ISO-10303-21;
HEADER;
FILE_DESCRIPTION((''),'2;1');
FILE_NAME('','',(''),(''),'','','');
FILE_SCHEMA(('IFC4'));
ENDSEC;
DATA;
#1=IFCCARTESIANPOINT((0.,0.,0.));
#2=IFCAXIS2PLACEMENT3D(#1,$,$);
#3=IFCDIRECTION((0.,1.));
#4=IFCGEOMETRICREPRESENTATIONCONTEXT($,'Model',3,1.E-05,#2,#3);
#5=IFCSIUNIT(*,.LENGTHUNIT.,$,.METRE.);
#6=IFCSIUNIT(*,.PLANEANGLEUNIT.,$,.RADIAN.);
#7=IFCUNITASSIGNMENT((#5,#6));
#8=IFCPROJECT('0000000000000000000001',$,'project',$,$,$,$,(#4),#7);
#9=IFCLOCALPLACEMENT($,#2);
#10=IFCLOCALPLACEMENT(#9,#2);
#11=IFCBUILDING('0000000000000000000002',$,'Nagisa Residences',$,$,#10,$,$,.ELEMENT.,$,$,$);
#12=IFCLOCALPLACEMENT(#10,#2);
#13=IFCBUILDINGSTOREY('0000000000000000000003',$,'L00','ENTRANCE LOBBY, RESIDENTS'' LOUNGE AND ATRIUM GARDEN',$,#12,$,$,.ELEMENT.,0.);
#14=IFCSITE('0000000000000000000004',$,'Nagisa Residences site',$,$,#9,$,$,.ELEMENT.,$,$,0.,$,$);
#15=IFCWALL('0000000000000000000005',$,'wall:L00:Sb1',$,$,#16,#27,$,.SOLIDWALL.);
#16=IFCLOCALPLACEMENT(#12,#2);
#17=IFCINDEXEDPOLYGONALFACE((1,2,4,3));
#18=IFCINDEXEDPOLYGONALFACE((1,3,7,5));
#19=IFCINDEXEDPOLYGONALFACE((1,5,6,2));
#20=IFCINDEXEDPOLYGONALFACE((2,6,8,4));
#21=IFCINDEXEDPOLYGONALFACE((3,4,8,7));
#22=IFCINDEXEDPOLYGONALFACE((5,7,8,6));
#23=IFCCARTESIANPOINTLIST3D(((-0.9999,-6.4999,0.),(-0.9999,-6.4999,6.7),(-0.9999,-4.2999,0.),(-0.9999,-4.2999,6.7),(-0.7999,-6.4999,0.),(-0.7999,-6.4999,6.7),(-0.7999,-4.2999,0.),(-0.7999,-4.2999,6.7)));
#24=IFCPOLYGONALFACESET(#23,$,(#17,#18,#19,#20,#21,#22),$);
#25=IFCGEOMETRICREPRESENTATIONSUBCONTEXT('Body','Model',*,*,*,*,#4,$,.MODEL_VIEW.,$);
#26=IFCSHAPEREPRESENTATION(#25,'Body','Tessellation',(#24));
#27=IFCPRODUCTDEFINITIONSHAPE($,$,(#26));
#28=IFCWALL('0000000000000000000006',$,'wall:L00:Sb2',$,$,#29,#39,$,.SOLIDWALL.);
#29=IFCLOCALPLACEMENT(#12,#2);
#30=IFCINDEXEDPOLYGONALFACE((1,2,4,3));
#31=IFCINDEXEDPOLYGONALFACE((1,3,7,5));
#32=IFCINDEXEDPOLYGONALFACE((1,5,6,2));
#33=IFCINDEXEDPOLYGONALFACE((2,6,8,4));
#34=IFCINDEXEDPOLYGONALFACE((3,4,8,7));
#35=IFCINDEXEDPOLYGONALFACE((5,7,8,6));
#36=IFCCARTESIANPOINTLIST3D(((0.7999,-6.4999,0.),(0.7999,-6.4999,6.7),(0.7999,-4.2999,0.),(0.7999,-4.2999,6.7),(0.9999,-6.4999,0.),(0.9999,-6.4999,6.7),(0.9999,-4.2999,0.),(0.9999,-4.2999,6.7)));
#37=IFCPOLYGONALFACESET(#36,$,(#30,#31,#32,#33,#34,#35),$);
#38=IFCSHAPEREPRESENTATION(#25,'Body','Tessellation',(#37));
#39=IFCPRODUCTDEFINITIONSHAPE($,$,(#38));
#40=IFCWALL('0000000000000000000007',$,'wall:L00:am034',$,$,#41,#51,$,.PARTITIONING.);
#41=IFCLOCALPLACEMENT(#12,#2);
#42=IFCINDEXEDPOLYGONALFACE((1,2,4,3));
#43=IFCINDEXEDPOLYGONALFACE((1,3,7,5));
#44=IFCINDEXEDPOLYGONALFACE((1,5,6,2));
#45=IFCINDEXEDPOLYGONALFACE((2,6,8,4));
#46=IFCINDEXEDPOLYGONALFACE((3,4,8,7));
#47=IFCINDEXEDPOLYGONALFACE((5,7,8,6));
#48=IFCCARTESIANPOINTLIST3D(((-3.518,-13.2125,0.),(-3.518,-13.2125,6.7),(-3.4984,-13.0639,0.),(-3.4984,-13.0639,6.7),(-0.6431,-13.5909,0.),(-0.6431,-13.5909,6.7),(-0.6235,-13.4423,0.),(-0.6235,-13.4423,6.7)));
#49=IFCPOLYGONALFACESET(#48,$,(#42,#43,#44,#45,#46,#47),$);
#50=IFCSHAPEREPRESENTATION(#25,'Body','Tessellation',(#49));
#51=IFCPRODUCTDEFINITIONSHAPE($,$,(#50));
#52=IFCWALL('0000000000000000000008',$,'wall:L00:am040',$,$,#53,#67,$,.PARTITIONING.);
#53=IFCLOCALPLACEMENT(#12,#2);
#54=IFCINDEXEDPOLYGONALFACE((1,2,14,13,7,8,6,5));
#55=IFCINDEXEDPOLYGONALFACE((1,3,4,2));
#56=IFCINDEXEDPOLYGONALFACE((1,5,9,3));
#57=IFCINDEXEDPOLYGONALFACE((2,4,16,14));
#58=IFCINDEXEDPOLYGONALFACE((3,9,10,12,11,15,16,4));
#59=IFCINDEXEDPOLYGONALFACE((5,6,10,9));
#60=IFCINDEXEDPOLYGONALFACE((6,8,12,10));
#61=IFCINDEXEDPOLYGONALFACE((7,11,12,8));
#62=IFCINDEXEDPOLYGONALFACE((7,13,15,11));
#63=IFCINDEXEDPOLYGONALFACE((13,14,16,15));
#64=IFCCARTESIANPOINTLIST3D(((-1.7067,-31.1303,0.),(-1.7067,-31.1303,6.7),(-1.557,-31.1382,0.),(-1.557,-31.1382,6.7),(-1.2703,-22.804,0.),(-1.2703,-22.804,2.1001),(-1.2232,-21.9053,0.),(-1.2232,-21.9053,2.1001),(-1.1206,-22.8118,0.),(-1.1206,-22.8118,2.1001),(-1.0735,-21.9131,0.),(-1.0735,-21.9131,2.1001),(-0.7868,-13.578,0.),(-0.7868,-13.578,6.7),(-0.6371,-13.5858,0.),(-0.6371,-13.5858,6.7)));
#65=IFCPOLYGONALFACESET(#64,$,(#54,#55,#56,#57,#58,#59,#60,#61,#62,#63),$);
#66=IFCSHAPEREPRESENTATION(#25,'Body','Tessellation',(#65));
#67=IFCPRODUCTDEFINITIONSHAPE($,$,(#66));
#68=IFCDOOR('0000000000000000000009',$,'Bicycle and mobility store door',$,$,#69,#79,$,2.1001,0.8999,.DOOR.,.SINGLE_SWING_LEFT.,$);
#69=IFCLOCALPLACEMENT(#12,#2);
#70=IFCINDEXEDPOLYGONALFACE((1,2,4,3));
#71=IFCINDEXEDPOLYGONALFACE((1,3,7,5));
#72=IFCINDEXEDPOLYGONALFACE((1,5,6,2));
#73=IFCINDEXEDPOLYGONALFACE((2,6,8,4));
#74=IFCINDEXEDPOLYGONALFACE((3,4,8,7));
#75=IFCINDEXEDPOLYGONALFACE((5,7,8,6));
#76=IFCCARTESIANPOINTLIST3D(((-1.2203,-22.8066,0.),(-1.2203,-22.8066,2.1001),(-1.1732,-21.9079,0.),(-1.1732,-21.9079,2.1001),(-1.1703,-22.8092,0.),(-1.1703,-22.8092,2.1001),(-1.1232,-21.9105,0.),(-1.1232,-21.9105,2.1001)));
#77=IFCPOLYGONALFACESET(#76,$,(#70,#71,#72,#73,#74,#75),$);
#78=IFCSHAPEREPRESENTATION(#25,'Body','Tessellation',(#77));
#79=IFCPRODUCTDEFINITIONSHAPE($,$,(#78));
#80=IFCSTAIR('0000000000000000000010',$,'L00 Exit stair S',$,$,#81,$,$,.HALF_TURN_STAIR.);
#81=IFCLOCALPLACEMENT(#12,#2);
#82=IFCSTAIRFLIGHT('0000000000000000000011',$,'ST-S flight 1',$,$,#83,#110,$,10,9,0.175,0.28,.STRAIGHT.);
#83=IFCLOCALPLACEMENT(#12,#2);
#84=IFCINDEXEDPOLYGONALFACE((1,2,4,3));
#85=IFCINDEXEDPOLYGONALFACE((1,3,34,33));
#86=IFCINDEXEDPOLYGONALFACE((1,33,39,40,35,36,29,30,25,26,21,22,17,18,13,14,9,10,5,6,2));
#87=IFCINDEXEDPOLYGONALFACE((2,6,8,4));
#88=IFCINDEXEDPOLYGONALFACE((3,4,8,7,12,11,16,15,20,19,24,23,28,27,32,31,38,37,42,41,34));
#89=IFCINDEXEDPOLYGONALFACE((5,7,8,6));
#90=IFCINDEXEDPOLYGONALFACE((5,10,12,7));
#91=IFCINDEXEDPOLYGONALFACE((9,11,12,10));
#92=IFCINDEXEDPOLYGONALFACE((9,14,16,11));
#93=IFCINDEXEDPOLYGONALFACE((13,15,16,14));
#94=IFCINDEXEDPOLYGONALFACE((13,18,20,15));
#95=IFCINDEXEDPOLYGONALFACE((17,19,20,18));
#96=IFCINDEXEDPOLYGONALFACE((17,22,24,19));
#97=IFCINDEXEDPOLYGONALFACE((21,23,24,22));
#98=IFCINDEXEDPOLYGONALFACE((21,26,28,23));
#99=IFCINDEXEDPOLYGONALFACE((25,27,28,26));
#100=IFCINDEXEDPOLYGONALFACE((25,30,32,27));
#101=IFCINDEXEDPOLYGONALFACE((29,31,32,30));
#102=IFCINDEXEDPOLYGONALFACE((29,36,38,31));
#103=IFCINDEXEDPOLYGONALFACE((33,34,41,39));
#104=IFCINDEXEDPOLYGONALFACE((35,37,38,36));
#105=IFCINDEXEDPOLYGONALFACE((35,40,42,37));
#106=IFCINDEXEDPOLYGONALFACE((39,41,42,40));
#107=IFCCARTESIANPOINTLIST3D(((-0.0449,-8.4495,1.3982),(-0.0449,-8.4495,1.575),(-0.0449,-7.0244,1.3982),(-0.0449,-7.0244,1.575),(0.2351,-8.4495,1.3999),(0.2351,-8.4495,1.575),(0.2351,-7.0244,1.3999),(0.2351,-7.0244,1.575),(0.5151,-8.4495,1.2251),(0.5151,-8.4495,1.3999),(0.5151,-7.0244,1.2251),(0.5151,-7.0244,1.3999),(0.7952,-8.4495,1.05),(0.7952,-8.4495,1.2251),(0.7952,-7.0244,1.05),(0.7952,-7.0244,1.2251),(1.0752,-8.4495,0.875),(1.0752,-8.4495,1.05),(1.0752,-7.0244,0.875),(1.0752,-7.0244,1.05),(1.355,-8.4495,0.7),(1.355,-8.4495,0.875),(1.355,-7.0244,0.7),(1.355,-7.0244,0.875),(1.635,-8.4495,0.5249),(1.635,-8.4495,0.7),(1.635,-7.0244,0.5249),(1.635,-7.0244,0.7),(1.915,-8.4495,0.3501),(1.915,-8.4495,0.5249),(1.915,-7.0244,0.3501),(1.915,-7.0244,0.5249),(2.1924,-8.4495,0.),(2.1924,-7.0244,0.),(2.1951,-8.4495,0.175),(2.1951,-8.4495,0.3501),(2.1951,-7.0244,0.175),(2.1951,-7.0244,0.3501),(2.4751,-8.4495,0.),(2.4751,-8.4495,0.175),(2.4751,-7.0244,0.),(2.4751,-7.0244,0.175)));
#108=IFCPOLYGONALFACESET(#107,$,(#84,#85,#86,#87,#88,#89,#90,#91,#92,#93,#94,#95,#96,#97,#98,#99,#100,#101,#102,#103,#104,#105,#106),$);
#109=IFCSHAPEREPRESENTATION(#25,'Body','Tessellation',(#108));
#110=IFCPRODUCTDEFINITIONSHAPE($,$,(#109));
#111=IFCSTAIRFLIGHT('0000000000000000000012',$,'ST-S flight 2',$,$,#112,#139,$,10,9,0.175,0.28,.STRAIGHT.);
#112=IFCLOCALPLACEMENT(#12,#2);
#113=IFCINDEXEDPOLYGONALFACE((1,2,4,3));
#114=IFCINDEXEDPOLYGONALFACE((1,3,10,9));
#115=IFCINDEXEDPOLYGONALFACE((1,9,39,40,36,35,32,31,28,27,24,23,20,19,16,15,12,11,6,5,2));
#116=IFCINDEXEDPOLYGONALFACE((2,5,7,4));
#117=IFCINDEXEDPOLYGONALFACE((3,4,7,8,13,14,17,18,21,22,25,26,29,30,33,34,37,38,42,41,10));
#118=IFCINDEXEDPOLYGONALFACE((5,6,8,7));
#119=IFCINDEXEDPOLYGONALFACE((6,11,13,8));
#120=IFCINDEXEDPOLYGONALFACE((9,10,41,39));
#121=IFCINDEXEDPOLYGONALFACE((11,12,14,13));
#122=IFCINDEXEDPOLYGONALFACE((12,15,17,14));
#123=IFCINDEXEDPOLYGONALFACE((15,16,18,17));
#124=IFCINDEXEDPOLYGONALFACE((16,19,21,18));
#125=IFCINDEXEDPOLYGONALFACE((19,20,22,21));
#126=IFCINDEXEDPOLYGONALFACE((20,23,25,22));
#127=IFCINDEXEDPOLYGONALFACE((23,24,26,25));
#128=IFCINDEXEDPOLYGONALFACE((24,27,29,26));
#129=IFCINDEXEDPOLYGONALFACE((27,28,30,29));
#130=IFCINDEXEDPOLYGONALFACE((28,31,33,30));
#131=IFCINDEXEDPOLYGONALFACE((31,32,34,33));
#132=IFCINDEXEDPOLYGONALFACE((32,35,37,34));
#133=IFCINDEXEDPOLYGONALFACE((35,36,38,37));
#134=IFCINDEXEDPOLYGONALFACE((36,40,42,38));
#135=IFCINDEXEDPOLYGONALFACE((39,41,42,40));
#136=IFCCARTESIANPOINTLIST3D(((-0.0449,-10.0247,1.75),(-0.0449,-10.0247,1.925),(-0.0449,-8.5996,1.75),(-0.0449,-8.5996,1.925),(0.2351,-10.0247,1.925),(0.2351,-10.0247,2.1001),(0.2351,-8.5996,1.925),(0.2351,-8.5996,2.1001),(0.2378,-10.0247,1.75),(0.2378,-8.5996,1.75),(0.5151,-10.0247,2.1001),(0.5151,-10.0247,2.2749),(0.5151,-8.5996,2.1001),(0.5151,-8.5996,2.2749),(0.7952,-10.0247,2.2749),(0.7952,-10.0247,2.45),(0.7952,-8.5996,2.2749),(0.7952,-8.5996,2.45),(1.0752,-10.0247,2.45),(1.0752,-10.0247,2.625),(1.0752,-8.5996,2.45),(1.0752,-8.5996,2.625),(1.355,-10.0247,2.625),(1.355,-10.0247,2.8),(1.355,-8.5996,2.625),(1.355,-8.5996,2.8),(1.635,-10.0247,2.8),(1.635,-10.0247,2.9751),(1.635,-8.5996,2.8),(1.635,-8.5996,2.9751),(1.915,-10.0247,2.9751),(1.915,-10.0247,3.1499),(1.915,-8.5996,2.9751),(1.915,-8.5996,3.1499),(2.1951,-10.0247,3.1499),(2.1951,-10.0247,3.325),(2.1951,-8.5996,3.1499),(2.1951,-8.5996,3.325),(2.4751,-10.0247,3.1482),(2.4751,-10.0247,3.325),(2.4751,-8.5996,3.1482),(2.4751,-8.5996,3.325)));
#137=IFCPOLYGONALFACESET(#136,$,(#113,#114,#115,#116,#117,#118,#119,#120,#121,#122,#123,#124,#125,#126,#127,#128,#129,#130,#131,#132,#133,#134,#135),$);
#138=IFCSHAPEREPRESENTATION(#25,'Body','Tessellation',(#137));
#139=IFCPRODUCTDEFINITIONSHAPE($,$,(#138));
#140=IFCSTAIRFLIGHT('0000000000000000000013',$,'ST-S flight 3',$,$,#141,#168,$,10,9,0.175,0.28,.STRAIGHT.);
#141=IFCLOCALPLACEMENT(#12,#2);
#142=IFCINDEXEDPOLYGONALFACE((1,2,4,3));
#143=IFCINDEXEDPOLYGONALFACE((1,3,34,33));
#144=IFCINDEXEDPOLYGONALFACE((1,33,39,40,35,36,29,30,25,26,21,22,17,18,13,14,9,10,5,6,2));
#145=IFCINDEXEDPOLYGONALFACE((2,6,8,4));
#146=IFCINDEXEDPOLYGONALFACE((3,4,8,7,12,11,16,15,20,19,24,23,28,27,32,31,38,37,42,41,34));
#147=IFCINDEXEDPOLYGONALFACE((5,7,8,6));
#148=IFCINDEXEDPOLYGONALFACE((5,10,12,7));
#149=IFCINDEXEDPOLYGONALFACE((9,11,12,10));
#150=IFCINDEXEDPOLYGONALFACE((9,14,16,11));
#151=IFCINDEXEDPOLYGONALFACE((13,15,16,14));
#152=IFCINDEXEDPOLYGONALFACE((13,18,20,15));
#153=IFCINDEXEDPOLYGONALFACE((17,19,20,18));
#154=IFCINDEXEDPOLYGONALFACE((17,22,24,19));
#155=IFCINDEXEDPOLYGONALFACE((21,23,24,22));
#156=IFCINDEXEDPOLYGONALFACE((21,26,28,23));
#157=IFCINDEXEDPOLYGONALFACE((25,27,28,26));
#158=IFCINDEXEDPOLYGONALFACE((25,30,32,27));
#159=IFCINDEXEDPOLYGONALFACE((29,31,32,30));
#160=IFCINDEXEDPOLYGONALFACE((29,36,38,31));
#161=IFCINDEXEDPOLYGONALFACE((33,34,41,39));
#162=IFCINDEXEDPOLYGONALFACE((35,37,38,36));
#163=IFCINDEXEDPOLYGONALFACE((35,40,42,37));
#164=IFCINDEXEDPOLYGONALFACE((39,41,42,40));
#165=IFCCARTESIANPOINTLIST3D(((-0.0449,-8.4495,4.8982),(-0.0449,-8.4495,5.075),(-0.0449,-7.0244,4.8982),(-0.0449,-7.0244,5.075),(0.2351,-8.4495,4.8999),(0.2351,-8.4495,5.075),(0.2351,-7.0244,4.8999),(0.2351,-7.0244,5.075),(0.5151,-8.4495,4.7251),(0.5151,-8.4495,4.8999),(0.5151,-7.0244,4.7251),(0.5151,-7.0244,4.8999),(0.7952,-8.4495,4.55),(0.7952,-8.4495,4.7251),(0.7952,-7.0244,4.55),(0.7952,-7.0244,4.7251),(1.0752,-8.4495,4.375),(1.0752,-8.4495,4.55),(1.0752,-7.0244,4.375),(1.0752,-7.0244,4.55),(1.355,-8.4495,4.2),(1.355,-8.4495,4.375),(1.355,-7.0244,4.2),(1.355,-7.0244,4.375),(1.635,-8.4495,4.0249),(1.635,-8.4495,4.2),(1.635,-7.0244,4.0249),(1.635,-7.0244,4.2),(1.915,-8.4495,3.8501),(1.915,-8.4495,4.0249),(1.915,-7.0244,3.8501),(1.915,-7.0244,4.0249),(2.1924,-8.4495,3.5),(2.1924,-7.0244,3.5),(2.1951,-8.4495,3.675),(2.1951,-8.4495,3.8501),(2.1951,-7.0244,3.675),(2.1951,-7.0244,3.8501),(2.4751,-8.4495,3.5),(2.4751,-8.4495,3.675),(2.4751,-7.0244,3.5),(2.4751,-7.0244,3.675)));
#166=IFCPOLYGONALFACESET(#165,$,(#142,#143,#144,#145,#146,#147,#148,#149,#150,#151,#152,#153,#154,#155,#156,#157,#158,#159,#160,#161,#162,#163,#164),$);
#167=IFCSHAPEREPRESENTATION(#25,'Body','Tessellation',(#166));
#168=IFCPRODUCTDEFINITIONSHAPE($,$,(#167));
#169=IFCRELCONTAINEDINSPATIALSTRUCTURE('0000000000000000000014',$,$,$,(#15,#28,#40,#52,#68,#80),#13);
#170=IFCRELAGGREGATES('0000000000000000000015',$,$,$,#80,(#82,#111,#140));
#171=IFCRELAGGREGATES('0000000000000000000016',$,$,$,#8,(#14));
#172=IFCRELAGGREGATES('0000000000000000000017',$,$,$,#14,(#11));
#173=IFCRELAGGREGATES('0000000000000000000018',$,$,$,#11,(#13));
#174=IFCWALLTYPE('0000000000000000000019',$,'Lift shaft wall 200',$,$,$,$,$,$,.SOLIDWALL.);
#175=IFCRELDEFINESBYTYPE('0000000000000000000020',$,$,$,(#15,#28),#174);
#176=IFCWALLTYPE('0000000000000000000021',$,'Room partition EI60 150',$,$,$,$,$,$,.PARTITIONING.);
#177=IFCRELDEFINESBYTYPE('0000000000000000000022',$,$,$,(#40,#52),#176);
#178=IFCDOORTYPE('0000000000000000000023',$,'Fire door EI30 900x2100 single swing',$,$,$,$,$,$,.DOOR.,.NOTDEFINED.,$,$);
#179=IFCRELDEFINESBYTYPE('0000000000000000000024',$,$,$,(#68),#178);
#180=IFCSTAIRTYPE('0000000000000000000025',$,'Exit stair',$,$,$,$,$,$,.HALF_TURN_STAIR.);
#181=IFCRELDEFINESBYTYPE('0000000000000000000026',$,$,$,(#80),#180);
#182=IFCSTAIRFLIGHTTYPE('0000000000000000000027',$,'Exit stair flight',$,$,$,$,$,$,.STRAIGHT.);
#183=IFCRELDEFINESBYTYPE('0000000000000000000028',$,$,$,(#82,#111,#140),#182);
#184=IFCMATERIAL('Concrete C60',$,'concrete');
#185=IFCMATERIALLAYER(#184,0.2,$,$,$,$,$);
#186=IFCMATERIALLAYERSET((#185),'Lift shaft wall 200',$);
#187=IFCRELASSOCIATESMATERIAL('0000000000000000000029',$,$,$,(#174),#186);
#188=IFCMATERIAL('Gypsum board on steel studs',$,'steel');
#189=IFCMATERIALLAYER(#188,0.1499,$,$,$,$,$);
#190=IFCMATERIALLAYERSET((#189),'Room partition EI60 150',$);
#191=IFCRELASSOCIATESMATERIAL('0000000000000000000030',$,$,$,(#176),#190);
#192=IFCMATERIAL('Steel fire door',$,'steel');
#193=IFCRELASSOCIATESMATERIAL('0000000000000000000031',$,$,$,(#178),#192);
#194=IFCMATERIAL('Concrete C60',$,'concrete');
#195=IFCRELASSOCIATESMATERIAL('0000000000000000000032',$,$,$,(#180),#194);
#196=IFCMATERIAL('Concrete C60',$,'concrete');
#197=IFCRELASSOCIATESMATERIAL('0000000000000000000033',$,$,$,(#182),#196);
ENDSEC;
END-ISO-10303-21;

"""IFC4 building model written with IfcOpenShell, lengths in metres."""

from ifc_helpers import new_model, si_unit, direction, frame, frame_2d, origin, place, context, subcontext, project, spatial, polyline, rectangle, outline, extrude, material, layer, layer_set, type_object, element, fill, aggregate, save


model = new_model("IFC4")

# Units and contexts
model_context = context("Model", 3, precision=1e-05, world=origin(), true_north=direction((0.0, 1.0)))
body_context = subcontext(model_context, "Body", "Model", "MODEL_VIEW")
ifc_project = project(units=[si_unit("LENGTHUNIT", "METRE"), si_unit("PLANEANGLEUNIT", "RADIAN")], contexts=[model_context])

# Site, building, storey
site_placement = place(None, origin())
site = spatial("IfcSite", under=ifc_project, at=site_placement, Name="Nagisa Residences site", CompositionType="ELEMENT", RefElevation=0.0)
building_placement = place(site_placement, origin())
building = spatial("IfcBuilding", under=site, at=building_placement, Name="Nagisa Residences", CompositionType="ELEMENT")
storey_placement = place(building_placement, origin())
storey = spatial("IfcBuildingStorey", under=building, at=storey_placement, Name="L00", Description="ENTRANCE LOBBY, RESIDENTS' LOUNGE AND ATRIUM GARDEN", CompositionType="ELEMENT", Elevation=0.0)

# Walls
ifc_material_1 = material(Name="Concrete C60", Category="concrete")
ifc_layer_1 = layer(ifc_material_1, 0.2)
ifc_layer_set_1 = layer_set([ifc_layer_1], Name="Lift shaft wall 200")
wall_type_1 = type_object("IfcWallType", Name="Lift shaft wall 200", PredefinedType="SOLIDWALL", material=ifc_layer_set_1)
for number, where, z_axis, x_axis, name in (
    (1, (-0.8999, -6.5, 0.0), (0.0, 0.0, 1.0), (0.0, 1.0, 0.0), "wall:L00:Sb1"),
    (2, (0.8999, -6.5, 0.0), (0.0, 0.0, 1.0), (0.0, 1.0, 0.0), "wall:L00:Sb2"),
):
    element("IfcWall", number, at=place(storey_placement, frame(where, z_axis=z_axis, x_axis=x_axis)), inside=storey, type_object=wall_type_1, Name=name, PredefinedType="SOLIDWALL", context=body_context, shape_type="SweptSolid", body=[
        extrude(rectangle(XDim=2.2, YDim=0.2, at=frame_2d((1.1001, 0.0))), origin(), (0.0, 0.0, 1.0), 6.7),
    ])
ifc_material_2 = material(Name="Gypsum board on steel studs", Category="steel")
ifc_layer_2 = layer(ifc_material_2, 0.1499)
ifc_layer_set_2 = layer_set([ifc_layer_2], Name="Room partition EI60 150")
wall_type_2 = type_object("IfcWallType", Name="Room partition EI60 150", PredefinedType="PARTITIONING", material=ifc_layer_set_2)
wall_1_placement = place(storey_placement, frame((-3.5081, -13.1382, 0.0), z_axis=(0.0, 0.0, 1.0), x_axis=(0.991447, -0.130509, 0.0)))
element("IfcWall", 3, at=wall_1_placement, inside=storey, type_object=wall_type_2, Name="wall:L00:am034", PredefinedType="PARTITIONING", context=body_context, shape_type="SweptSolid", body=[
    extrude(rectangle(XDim=2.8997, YDim=0.1499, at=frame_2d((1.4497, 0.0))), origin(), (0.0, 0.0, 1.0), 6.7),
])

# Wall, opening, door
wall_2_placement = place(storey_placement, frame((-0.7119, -13.582, 0.0), z_axis=(0.0, 0.0, 1.0), x_axis=(-0.052339, -0.998629, 0.0)))
wall_2 = element("IfcWall", 4, at=wall_2_placement, inside=storey, type_object=wall_type_2, Name="wall:L00:am040", PredefinedType="PARTITIONING", context=body_context, shape_type="SweptSolid", body=[
    extrude(rectangle(XDim=17.5764, YDim=0.1499, at=frame_2d((8.7881, 0.0))), origin(), (0.0, 0.0, 1.0), 6.7),
])
opening_placement = place(wall_2_placement, frame((8.3386, 0.0, 0.0)))
opening = element("IfcOpeningElement", 5, at=opening_placement, cuts=wall_2, PredefinedType="OPENING", context=body_context, shape_type="SweptSolid", body=[
    extrude(rectangle(XDim=0.8999, YDim=2.1001, at=frame_2d((0.45, 1.05))), frame((0.0, 0.085, 0.0), z_axis=(0.0, -1.0, 0.0), x_axis=(1.0, 0.0, 0.0)), (0.0, 0.0, 1.0), 0.1699),
])
ifc_material_3 = material(Name="Steel fire door", Category="steel")
door_type = type_object("IfcDoorType", Name="Fire door EI30 900x2100 single swing", OperationType="NOTDEFINED", PredefinedType="DOOR", material=ifc_material_3)
door_placement = place(opening_placement, frame((0.8999, 0.0, 0.0), x_axis=(-1.0, 0.0, 0.0)))
door = element("IfcDoor", 6, at=door_placement, inside=storey, type_object=door_type, Name="Bicycle and mobility store door", OperationType="SINGLE_SWING_LEFT", OverallHeight=2.1001, OverallWidth=0.8999, PredefinedType="DOOR", context=body_context, shape_type="SweptSolid", body=[
    extrude(rectangle(XDim=0.8999, YDim=2.1001, at=frame_2d((0.45, 1.05))), frame((0.0, 0.0249, 0.0), z_axis=(0.0, -1.0, 0.0), x_axis=(1.0, 0.0, 0.0)), (0.0, 0.0, 1.0), 0.05),
])
fill(opening, door)

# Stair, stair flights
ifc_material_4 = material(Name="Concrete C60", Category="concrete")
stair_type = type_object("IfcStairType", Name="Exit stair", PredefinedType="HALF_TURN_STAIR", material=ifc_material_4)
stair_placement = place(storey_placement, origin())
stair = element("IfcStair", 7, at=stair_placement, inside=storey, type_object=stair_type, Name="L00 Exit stair S", PredefinedType="HALF_TURN_STAIR")
ifc_material_5 = material(Name="Concrete C60", Category="concrete")
stair_flight_type = type_object("IfcStairFlightType", Name="Exit stair flight", PredefinedType="STRAIGHT", material=ifc_material_5)
stair_flight_1_placement = place(storey_placement, frame((2.4751, -7.7371, 0.0), z_axis=(0.0, 0.0, 1.0), x_axis=(-1.0, 0.0, 0.0)))
stair_flight_1 = element("IfcStairFlight", 8, at=stair_flight_1_placement, type_object=stair_flight_type, Name="ST-S flight 1", NumberOfRisers=10, NumberOfTreads=9, PredefinedType="STRAIGHT", RiserHeight=0.175, TreadLength=0.28, context=body_context, shape_type="SweptSolid", body=[
    extrude(outline(polyline([(0.0, 0.0), (0.0, 0.175), (0.28, 0.175), (0.28, 0.3501), (0.5601, 0.3501), (0.5601, 0.5249), (0.8401, 0.5249), (0.8401, 0.7), (1.1201, 0.7), (1.1201, 0.875), (1.3999, 0.875), (1.3999, 1.05), (1.6799, 1.05), (1.6799, 1.2251), (1.96, 1.2251), (1.96, 1.3999), (2.24, 1.3999), (2.24, 1.575), (2.52, 1.575), (2.52, 1.75), (2.52, 1.3982), (0.2827, 0.0), (0.0, 0.0)])), frame((0.0, 0.7124, 0.0), z_axis=(0.0, -1.0, 0.0), x_axis=(1.0, 0.0, 0.0)), (0.0, 0.0, 1.0), 1.425),
])
stair_flight_2_placement = place(storey_placement, frame((-0.0449, -9.312, 1.75), z_axis=(0.0, 0.0, 1.0), x_axis=(1.0, 0.0, 0.0)))
stair_flight_2 = element("IfcStairFlight", 9, at=stair_flight_2_placement, type_object=stair_flight_type, Name="ST-S flight 2", NumberOfRisers=10, NumberOfTreads=9, PredefinedType="STRAIGHT", RiserHeight=0.175, TreadLength=0.28, context=body_context, shape_type="SweptSolid", body=[
    extrude(outline(polyline([(0.0, 0.0), (0.0, 0.175), (0.28, 0.175), (0.28, 0.3501), (0.5601, 0.3501), (0.5601, 0.5249), (0.8401, 0.5249), (0.8401, 0.7), (1.1201, 0.7), (1.1201, 0.875), (1.3999, 0.875), (1.3999, 1.05), (1.6799, 1.05), (1.6799, 1.2251), (1.96, 1.2251), (1.96, 1.3999), (2.24, 1.3999), (2.24, 1.575), (2.52, 1.575), (2.52, 1.75), (2.52, 1.3982), (0.2827, 0.0), (0.0, 0.0)])), frame((0.0, 0.7124, 0.0), z_axis=(0.0, -1.0, 0.0), x_axis=(1.0, 0.0, 0.0)), (0.0, 0.0, 1.0), 1.425),
])
stair_flight_3_placement = place(storey_placement, frame((2.4751, -7.7371, 3.5), z_axis=(0.0, 0.0, 1.0), x_axis=(-1.0, 0.0, 0.0)))
stair_flight_3 = element("IfcStairFlight", 10, at=stair_flight_3_placement, type_object=stair_flight_type, Name="ST-S flight 3", NumberOfRisers=10, NumberOfTreads=9, PredefinedType="STRAIGHT", RiserHeight=0.175, TreadLength=0.28, context=body_context, shape_type="SweptSolid", body=[
    extrude(outline(polyline([(0.0, 0.0), (0.0, 0.175), (0.28, 0.175), (0.28, 0.3501), (0.5601, 0.3501), (0.5601, 0.5249), (0.8401, 0.5249), (0.8401, 0.7), (1.1201, 0.7), (1.1201, 0.875), (1.3999, 0.875), (1.3999, 1.05), (1.6799, 1.05), (1.6799, 1.2251), (1.96, 1.2251), (1.96, 1.3999), (2.24, 1.3999), (2.24, 1.575), (2.52, 1.575), (2.52, 1.75), (2.52, 1.3982), (0.2827, 0.0), (0.0, 0.0)])), frame((0.0, 0.7124, 0.0), z_axis=(0.0, -1.0, 0.0), x_axis=(1.0, 0.0, 0.0)), (0.0, 0.0, 1.0), 1.425),
])
aggregate(stair, [stair_flight_1, stair_flight_2, stair_flight_3])

save(model, "model.ifc")
